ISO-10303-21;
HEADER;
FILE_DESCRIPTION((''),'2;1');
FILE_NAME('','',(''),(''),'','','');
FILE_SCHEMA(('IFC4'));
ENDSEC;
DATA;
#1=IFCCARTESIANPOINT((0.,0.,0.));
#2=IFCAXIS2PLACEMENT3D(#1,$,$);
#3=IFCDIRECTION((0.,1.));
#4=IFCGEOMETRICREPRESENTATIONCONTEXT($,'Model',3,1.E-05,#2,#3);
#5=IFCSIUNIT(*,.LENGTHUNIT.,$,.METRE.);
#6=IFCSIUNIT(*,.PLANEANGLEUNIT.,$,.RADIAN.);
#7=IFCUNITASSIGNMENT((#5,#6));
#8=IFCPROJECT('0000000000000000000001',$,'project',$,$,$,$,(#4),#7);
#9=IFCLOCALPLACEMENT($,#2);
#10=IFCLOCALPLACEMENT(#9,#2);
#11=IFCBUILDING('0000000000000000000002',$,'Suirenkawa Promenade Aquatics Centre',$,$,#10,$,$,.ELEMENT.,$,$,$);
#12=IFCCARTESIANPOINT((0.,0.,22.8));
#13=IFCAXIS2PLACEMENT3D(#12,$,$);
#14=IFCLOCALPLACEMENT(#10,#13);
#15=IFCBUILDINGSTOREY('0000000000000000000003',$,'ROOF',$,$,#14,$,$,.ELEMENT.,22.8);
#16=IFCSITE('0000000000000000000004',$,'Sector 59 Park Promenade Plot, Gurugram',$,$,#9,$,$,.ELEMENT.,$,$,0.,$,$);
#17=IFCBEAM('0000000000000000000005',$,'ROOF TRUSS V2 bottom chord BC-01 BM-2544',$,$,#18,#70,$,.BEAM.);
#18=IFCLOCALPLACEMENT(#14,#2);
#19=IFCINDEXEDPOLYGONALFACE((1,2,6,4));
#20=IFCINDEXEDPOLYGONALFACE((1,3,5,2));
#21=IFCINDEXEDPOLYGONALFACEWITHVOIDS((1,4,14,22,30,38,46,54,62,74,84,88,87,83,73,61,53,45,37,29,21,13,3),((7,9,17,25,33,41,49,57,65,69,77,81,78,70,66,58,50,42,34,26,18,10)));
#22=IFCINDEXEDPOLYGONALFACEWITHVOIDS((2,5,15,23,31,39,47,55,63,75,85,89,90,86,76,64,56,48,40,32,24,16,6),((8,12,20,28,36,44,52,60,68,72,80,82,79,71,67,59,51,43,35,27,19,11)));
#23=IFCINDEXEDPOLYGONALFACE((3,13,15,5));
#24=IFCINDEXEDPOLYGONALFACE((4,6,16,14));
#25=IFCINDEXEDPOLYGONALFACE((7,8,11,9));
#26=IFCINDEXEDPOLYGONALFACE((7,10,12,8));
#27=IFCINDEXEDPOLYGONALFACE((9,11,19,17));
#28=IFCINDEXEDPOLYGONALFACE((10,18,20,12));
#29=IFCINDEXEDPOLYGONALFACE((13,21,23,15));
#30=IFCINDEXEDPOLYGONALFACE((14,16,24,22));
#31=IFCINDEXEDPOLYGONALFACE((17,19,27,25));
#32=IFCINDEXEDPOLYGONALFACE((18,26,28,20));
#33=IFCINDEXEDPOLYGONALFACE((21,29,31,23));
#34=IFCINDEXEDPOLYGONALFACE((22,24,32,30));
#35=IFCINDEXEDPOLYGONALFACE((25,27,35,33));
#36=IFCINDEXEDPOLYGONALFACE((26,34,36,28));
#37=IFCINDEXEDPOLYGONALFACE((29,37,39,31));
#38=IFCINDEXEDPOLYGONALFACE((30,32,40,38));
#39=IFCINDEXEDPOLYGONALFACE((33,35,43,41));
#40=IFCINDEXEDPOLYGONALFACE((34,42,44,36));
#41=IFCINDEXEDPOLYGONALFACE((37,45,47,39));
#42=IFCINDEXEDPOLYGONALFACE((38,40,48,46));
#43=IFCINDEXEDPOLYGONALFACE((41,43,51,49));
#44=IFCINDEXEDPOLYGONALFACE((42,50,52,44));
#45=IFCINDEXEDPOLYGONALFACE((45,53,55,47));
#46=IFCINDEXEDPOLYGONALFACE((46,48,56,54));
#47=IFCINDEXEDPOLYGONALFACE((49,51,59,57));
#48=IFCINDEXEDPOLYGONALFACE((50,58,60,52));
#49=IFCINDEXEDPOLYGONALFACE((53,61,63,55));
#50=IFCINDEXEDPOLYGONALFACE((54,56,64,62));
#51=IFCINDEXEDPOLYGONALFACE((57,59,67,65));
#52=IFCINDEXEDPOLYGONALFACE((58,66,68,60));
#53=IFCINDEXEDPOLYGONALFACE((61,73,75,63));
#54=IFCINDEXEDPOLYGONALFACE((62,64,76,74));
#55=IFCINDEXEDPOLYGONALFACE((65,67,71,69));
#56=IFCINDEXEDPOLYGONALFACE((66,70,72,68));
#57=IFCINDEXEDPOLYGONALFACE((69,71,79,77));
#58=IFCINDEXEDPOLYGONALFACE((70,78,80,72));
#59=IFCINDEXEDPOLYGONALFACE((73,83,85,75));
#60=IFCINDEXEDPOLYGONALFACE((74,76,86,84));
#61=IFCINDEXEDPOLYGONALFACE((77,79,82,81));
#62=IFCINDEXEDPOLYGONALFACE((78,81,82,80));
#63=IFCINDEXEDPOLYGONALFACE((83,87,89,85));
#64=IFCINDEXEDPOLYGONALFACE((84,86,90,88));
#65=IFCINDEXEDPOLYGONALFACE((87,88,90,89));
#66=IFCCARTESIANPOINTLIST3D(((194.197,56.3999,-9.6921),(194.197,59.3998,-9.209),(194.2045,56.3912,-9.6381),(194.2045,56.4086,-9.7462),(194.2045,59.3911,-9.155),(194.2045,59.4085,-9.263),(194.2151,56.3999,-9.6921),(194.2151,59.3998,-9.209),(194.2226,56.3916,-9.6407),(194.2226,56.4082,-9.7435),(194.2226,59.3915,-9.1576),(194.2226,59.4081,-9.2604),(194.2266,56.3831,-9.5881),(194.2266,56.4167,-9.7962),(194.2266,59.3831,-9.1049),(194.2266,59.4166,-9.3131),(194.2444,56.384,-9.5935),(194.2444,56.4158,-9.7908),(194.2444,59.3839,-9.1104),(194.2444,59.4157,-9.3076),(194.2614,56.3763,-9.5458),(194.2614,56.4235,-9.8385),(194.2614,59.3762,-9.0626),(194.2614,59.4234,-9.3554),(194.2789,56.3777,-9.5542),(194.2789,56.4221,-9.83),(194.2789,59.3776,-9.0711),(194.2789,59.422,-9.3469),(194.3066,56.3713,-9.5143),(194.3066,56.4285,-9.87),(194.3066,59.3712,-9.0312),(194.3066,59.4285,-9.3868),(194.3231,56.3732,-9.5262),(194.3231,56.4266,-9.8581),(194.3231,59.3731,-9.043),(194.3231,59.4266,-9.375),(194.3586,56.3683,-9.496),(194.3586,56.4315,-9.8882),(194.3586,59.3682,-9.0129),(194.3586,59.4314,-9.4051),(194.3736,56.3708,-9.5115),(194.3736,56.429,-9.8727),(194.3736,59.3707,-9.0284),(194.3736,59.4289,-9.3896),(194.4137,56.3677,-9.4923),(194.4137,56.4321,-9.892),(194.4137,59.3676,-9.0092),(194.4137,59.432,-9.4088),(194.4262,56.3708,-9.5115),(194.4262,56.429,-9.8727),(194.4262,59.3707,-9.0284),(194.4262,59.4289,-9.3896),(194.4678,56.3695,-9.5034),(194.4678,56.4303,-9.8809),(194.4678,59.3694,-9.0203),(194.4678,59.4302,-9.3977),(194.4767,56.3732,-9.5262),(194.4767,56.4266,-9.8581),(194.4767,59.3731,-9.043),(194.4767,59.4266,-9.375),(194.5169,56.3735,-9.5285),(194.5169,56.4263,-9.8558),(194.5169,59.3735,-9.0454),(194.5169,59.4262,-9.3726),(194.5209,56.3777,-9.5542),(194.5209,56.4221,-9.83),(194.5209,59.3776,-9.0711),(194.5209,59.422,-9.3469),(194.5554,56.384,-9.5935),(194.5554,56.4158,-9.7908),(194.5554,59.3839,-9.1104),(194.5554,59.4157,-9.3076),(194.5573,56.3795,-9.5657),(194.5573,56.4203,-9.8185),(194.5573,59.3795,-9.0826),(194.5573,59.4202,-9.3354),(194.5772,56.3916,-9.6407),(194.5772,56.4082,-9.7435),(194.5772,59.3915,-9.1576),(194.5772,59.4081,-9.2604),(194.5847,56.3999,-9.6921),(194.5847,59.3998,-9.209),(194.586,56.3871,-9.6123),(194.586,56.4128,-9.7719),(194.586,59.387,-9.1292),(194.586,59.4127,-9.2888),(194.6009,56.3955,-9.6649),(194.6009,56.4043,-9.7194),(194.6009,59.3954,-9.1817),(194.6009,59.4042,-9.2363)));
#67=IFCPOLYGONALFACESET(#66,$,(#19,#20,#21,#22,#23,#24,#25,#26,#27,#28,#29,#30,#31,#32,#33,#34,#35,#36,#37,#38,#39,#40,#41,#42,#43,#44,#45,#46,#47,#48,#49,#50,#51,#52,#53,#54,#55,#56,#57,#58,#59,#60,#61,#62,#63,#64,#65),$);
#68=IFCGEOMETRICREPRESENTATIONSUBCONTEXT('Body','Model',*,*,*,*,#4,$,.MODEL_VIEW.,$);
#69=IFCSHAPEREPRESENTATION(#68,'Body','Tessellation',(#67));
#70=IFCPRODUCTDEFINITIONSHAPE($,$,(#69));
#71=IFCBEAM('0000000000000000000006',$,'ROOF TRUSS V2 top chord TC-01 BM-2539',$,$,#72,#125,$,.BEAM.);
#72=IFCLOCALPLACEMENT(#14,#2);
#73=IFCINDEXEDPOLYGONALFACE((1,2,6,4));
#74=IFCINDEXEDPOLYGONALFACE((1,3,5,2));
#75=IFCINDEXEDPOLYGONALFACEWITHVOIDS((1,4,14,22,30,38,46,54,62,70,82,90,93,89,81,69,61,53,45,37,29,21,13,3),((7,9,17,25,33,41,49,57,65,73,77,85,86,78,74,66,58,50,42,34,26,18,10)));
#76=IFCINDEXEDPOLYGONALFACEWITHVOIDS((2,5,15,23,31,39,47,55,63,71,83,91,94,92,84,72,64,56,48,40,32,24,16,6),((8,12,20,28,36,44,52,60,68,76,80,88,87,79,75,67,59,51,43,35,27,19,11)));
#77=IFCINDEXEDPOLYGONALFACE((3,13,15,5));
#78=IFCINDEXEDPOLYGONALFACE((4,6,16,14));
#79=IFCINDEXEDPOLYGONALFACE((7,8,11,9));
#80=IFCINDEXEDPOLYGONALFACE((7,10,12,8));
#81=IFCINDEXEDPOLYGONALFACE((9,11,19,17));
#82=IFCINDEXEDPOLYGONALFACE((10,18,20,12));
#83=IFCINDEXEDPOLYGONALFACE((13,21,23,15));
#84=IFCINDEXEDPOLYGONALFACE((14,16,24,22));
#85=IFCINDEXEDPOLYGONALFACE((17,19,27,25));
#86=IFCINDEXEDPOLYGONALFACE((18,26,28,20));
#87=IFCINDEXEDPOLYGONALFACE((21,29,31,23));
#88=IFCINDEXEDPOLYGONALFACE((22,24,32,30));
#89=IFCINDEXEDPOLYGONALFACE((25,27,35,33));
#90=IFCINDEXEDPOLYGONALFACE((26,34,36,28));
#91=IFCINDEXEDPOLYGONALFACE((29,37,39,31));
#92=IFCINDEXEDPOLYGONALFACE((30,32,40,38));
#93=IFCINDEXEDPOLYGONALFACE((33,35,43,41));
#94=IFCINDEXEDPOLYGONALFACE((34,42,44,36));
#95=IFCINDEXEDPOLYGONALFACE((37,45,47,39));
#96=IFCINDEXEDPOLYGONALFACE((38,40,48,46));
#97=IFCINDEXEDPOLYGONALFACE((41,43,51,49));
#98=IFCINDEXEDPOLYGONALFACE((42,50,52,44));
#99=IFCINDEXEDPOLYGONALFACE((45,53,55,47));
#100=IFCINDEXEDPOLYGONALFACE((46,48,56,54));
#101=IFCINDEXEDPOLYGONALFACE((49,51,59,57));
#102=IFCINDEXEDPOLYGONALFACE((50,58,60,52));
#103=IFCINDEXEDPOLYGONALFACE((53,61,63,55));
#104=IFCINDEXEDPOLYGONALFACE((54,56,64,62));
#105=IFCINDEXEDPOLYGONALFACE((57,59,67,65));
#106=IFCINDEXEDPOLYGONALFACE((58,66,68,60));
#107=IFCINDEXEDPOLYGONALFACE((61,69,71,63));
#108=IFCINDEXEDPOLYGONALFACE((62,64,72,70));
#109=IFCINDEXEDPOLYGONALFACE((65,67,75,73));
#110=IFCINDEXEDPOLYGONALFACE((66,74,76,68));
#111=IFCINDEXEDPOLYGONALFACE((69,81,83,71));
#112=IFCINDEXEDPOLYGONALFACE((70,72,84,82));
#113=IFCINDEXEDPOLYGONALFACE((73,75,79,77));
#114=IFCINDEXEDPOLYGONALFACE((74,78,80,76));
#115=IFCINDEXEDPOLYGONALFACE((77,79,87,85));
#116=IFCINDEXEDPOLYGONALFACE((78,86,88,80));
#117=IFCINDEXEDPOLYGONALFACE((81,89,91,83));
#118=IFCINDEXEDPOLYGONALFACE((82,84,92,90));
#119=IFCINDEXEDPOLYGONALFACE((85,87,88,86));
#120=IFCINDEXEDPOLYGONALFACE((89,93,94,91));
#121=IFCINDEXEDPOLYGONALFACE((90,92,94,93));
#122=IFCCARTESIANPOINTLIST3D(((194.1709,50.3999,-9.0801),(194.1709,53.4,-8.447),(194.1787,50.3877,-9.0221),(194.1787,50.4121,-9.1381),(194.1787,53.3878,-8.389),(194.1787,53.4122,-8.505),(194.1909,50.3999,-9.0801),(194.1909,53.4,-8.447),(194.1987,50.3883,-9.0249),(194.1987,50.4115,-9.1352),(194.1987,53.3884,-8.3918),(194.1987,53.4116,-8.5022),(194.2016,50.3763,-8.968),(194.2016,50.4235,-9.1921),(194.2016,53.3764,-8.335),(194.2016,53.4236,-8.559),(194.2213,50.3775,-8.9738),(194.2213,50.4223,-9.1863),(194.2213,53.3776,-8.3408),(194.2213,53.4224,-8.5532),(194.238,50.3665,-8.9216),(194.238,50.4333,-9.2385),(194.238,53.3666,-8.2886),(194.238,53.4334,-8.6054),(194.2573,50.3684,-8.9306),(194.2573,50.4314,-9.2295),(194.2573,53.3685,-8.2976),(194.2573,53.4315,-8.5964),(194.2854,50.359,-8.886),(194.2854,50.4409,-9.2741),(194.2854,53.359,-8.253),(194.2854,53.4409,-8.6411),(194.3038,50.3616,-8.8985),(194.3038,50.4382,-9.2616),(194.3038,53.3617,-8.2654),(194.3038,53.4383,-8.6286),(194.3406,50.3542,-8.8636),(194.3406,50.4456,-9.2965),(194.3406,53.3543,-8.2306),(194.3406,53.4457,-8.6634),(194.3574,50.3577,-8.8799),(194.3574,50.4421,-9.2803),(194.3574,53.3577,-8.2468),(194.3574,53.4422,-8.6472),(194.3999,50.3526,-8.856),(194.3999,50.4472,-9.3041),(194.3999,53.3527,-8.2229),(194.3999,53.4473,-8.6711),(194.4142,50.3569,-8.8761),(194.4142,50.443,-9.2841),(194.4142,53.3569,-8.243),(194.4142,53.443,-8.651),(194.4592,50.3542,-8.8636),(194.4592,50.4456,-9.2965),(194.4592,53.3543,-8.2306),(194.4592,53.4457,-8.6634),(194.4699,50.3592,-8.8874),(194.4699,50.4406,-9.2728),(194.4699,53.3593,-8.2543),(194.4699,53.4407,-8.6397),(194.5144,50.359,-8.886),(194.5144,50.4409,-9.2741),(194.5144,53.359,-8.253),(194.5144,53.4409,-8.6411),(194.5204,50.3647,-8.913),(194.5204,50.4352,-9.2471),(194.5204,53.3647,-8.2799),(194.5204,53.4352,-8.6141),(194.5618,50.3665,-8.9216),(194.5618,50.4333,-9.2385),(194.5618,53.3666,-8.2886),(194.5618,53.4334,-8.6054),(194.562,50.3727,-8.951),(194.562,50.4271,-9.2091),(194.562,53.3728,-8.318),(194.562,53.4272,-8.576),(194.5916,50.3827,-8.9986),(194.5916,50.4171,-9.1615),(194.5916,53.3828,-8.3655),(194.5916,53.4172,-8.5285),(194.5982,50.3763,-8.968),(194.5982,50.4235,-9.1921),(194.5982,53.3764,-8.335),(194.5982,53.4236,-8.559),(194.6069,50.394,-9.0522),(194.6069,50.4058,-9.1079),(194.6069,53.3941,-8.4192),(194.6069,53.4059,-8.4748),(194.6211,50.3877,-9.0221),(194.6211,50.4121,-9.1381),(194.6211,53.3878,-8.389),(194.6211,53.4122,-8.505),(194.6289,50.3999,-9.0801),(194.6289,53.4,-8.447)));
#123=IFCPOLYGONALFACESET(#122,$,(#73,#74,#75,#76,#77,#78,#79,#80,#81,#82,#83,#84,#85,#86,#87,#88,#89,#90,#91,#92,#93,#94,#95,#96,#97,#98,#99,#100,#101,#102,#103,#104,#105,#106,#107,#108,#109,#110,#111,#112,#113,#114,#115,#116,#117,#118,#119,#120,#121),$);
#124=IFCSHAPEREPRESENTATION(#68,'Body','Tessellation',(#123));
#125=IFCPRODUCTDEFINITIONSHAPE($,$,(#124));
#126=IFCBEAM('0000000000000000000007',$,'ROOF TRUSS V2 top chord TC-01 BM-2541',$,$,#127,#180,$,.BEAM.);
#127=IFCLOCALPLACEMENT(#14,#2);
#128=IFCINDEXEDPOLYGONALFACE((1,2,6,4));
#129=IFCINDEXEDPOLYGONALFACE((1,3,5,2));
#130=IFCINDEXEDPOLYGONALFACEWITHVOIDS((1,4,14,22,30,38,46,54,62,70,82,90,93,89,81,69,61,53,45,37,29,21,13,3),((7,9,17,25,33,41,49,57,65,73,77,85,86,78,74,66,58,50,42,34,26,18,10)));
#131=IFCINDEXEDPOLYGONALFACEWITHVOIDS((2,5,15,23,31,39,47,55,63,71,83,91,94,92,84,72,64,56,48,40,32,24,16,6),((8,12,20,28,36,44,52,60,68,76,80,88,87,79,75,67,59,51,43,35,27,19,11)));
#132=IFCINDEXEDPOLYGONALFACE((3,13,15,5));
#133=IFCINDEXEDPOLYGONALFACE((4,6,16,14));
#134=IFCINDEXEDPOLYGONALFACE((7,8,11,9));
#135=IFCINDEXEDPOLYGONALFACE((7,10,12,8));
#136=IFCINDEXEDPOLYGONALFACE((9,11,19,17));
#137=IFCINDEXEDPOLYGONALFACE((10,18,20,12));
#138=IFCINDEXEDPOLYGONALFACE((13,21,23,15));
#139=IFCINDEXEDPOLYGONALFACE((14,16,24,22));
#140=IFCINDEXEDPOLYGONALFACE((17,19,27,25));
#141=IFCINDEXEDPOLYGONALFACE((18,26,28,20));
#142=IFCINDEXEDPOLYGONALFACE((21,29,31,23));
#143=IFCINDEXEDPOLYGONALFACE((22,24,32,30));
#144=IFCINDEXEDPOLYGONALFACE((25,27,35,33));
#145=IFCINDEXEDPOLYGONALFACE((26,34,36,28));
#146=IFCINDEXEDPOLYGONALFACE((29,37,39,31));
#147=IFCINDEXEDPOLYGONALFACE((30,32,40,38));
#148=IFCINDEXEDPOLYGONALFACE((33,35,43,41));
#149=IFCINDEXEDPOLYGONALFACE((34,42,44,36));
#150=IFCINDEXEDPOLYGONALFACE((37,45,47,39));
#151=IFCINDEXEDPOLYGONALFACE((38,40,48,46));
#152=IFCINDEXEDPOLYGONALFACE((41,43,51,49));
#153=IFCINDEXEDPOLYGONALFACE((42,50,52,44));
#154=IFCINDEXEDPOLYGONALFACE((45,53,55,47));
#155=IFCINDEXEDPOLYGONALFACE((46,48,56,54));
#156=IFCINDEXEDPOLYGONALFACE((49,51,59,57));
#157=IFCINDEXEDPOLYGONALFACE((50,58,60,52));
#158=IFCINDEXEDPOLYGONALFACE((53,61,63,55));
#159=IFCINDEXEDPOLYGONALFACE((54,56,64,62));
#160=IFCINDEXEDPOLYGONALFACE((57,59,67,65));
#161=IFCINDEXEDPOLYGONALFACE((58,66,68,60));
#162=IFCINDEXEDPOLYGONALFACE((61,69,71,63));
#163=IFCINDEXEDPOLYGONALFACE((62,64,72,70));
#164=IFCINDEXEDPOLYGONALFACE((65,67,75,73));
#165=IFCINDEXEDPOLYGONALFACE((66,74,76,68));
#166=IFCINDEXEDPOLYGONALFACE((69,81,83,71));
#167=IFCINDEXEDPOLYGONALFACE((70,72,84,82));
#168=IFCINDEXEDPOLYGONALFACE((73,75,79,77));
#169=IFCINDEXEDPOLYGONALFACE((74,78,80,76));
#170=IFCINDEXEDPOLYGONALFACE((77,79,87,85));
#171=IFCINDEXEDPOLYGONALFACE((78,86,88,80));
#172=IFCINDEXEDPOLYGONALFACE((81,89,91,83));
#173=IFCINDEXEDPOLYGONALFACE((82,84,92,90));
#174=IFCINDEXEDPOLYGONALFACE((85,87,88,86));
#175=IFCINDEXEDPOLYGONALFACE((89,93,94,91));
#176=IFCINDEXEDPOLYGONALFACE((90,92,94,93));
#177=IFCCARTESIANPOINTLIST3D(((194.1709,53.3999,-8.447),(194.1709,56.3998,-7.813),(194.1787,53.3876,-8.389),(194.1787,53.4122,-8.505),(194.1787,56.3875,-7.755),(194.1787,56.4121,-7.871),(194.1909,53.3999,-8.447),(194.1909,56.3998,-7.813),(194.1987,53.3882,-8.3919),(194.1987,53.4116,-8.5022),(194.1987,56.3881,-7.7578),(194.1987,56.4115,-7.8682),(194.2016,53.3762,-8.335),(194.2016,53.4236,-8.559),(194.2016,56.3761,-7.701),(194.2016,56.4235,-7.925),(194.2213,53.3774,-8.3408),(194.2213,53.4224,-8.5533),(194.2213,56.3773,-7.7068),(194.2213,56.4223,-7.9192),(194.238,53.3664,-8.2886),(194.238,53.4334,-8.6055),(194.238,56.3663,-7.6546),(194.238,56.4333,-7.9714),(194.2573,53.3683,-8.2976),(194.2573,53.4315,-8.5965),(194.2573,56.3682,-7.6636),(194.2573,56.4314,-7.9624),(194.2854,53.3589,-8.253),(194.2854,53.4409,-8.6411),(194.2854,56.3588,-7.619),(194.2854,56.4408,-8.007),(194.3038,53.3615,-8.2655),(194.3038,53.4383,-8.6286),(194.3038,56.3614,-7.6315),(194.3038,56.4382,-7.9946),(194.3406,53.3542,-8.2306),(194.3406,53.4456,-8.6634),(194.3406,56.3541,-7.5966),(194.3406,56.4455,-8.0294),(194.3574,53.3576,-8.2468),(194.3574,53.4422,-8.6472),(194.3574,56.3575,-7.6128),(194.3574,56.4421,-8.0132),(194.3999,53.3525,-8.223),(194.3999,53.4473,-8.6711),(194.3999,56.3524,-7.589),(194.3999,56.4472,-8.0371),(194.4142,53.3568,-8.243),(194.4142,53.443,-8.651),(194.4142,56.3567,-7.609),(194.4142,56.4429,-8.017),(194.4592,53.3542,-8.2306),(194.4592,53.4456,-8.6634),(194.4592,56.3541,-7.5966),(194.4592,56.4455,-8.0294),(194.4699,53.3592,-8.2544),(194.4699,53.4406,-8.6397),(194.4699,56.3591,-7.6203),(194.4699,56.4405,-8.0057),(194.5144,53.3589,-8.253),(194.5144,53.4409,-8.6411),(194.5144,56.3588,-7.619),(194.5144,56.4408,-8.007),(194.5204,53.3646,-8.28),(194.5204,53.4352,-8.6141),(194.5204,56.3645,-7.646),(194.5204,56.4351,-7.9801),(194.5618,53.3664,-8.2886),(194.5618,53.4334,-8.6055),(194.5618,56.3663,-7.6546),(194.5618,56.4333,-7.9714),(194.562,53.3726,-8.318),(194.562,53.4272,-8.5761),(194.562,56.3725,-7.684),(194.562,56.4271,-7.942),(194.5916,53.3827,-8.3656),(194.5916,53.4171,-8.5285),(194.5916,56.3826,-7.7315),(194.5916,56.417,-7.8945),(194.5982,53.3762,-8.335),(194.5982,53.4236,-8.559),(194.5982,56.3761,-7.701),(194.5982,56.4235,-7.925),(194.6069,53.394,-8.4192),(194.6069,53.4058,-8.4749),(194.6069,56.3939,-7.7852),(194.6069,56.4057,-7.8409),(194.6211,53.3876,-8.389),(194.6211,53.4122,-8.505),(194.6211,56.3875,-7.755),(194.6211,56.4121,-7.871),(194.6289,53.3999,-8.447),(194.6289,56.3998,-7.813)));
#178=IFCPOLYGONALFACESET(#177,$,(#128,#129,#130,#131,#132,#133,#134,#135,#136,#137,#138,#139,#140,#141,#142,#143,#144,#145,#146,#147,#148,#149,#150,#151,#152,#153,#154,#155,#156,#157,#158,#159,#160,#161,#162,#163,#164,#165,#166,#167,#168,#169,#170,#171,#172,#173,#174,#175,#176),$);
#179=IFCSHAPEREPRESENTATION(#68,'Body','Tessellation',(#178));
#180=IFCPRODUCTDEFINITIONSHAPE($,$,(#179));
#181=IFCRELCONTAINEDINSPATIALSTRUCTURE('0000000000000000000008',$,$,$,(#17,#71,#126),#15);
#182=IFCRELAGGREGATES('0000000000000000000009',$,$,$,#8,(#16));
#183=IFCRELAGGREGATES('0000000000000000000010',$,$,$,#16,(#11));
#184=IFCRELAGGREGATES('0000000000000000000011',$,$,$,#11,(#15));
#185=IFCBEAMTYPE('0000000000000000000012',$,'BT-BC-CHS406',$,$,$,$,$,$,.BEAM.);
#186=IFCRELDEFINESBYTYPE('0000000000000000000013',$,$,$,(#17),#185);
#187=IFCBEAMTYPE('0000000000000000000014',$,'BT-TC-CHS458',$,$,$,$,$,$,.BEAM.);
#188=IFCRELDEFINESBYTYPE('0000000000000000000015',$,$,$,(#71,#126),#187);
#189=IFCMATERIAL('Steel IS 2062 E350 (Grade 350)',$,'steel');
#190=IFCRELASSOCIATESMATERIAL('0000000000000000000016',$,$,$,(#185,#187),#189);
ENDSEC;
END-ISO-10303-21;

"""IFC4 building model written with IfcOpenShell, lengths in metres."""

from ifc_helpers import new_model, si_unit, direction, frame, origin, origin_2d, place, context, subcontext, project, spatial, hollow_circle, extrude, material, material_profile, profile_set, type_object, element, save


model = new_model("IFC4")

# Units and contexts
model_context = context("Model", 3, precision=1e-05, world=origin(), true_north=direction((0.0, 1.0)))
body_context = subcontext(model_context, "Body", "Model", "MODEL_VIEW")
ifc_project = project(units=[si_unit("LENGTHUNIT", "METRE"), si_unit("PLANEANGLEUNIT", "RADIAN")], contexts=[model_context])

# Site, building, storey
site_placement = place(None, origin())
site = spatial("IfcSite", under=ifc_project, at=site_placement, Name="Sector 59 Park Promenade Plot, Gurugram", CompositionType="ELEMENT", RefElevation=0.0)
building_placement = place(site_placement, origin())
building = spatial("IfcBuilding", under=site, at=building_placement, Name="Suirenkawa Promenade Aquatics Centre", CompositionType="ELEMENT")
storey_placement = place(building_placement, frame((0.0, 0.0, 22.8)))
storey = spatial("IfcBuildingStorey", under=building, at=storey_placement, Name="ROOF", CompositionType="ELEMENT", Elevation=22.8)

# Beams
ifc_material = material(Name="Steel IS 2062 E350 (Grade 350)", Category="steel")
ifc_material_profile_1 = material_profile(ifc_material, hollow_circle(Radius=0.2029, WallThickness=0.0181, at=origin_2d()), Name="CHS 406x18", Category="steel")
ifc_profile_set_1 = profile_set([ifc_material_profile_1], Name="Steel IS 2062 E350 (Grade 350)")
beam_type_1 = type_object("IfcBeamType", Name="BT-BC-CHS406", PredefinedType="BEAM", material=ifc_profile_set_1)
beam_1_placement = place(storey_placement, frame((194.3999, 56.3999, -9.6921), z_axis=(0.0, 0.987278, 0.159003), x_axis=(-1.0, 0.0, 0.0)))
element("IfcBeam", 1, at=beam_1_placement, inside=storey, type_object=beam_type_1, Name="ROOF TRUSS V2 bottom chord BC-01 BM-2544", PredefinedType="BEAM", context=body_context, shape_type="SweptSolid", body=[
    extrude(hollow_circle(Radius=0.2029, WallThickness=0.0181, at=origin_2d()), origin(), (0.0, 0.0, 1.0), 3.0386),
])
ifc_material_profile_2 = material_profile(ifc_material, hollow_circle(Radius=0.229, WallThickness=0.02, at=origin_2d()), Name="CHS 458x20", Category="steel")
ifc_profile_set_2 = profile_set([ifc_material_profile_2], Name="Steel IS 2062 E350 (Grade 350)")
beam_type_2 = type_object("IfcBeamType", Name="BT-TC-CHS458", PredefinedType="BEAM", material=ifc_profile_set_2)
for number, where, z_axis, x_axis, name in (
    (2, (194.3999, 50.3999, -9.0801), (0.0, 0.978453, 0.206472), (-1.0, 0.0, 0.0), "ROOF TRUSS V2 top chord TC-01 BM-2539"),
    (3, (194.3999, 53.3999, -8.447), (0.0, 0.978388, 0.206777), (-1.0, 0.0, 0.0), "ROOF TRUSS V2 top chord TC-01 BM-2541"),
):
    element("IfcBeam", number, at=place(storey_placement, frame(where, z_axis=z_axis, x_axis=x_axis)), inside=storey, type_object=beam_type_2, Name=name, PredefinedType="BEAM", context=body_context, shape_type="SweptSolid", body=[
        extrude(hollow_circle(Radius=0.229, WallThickness=0.02, at=origin_2d()), origin(), (0.0, 0.0, 1.0), 3.0662),
    ])

save(model, "model.ifc")
